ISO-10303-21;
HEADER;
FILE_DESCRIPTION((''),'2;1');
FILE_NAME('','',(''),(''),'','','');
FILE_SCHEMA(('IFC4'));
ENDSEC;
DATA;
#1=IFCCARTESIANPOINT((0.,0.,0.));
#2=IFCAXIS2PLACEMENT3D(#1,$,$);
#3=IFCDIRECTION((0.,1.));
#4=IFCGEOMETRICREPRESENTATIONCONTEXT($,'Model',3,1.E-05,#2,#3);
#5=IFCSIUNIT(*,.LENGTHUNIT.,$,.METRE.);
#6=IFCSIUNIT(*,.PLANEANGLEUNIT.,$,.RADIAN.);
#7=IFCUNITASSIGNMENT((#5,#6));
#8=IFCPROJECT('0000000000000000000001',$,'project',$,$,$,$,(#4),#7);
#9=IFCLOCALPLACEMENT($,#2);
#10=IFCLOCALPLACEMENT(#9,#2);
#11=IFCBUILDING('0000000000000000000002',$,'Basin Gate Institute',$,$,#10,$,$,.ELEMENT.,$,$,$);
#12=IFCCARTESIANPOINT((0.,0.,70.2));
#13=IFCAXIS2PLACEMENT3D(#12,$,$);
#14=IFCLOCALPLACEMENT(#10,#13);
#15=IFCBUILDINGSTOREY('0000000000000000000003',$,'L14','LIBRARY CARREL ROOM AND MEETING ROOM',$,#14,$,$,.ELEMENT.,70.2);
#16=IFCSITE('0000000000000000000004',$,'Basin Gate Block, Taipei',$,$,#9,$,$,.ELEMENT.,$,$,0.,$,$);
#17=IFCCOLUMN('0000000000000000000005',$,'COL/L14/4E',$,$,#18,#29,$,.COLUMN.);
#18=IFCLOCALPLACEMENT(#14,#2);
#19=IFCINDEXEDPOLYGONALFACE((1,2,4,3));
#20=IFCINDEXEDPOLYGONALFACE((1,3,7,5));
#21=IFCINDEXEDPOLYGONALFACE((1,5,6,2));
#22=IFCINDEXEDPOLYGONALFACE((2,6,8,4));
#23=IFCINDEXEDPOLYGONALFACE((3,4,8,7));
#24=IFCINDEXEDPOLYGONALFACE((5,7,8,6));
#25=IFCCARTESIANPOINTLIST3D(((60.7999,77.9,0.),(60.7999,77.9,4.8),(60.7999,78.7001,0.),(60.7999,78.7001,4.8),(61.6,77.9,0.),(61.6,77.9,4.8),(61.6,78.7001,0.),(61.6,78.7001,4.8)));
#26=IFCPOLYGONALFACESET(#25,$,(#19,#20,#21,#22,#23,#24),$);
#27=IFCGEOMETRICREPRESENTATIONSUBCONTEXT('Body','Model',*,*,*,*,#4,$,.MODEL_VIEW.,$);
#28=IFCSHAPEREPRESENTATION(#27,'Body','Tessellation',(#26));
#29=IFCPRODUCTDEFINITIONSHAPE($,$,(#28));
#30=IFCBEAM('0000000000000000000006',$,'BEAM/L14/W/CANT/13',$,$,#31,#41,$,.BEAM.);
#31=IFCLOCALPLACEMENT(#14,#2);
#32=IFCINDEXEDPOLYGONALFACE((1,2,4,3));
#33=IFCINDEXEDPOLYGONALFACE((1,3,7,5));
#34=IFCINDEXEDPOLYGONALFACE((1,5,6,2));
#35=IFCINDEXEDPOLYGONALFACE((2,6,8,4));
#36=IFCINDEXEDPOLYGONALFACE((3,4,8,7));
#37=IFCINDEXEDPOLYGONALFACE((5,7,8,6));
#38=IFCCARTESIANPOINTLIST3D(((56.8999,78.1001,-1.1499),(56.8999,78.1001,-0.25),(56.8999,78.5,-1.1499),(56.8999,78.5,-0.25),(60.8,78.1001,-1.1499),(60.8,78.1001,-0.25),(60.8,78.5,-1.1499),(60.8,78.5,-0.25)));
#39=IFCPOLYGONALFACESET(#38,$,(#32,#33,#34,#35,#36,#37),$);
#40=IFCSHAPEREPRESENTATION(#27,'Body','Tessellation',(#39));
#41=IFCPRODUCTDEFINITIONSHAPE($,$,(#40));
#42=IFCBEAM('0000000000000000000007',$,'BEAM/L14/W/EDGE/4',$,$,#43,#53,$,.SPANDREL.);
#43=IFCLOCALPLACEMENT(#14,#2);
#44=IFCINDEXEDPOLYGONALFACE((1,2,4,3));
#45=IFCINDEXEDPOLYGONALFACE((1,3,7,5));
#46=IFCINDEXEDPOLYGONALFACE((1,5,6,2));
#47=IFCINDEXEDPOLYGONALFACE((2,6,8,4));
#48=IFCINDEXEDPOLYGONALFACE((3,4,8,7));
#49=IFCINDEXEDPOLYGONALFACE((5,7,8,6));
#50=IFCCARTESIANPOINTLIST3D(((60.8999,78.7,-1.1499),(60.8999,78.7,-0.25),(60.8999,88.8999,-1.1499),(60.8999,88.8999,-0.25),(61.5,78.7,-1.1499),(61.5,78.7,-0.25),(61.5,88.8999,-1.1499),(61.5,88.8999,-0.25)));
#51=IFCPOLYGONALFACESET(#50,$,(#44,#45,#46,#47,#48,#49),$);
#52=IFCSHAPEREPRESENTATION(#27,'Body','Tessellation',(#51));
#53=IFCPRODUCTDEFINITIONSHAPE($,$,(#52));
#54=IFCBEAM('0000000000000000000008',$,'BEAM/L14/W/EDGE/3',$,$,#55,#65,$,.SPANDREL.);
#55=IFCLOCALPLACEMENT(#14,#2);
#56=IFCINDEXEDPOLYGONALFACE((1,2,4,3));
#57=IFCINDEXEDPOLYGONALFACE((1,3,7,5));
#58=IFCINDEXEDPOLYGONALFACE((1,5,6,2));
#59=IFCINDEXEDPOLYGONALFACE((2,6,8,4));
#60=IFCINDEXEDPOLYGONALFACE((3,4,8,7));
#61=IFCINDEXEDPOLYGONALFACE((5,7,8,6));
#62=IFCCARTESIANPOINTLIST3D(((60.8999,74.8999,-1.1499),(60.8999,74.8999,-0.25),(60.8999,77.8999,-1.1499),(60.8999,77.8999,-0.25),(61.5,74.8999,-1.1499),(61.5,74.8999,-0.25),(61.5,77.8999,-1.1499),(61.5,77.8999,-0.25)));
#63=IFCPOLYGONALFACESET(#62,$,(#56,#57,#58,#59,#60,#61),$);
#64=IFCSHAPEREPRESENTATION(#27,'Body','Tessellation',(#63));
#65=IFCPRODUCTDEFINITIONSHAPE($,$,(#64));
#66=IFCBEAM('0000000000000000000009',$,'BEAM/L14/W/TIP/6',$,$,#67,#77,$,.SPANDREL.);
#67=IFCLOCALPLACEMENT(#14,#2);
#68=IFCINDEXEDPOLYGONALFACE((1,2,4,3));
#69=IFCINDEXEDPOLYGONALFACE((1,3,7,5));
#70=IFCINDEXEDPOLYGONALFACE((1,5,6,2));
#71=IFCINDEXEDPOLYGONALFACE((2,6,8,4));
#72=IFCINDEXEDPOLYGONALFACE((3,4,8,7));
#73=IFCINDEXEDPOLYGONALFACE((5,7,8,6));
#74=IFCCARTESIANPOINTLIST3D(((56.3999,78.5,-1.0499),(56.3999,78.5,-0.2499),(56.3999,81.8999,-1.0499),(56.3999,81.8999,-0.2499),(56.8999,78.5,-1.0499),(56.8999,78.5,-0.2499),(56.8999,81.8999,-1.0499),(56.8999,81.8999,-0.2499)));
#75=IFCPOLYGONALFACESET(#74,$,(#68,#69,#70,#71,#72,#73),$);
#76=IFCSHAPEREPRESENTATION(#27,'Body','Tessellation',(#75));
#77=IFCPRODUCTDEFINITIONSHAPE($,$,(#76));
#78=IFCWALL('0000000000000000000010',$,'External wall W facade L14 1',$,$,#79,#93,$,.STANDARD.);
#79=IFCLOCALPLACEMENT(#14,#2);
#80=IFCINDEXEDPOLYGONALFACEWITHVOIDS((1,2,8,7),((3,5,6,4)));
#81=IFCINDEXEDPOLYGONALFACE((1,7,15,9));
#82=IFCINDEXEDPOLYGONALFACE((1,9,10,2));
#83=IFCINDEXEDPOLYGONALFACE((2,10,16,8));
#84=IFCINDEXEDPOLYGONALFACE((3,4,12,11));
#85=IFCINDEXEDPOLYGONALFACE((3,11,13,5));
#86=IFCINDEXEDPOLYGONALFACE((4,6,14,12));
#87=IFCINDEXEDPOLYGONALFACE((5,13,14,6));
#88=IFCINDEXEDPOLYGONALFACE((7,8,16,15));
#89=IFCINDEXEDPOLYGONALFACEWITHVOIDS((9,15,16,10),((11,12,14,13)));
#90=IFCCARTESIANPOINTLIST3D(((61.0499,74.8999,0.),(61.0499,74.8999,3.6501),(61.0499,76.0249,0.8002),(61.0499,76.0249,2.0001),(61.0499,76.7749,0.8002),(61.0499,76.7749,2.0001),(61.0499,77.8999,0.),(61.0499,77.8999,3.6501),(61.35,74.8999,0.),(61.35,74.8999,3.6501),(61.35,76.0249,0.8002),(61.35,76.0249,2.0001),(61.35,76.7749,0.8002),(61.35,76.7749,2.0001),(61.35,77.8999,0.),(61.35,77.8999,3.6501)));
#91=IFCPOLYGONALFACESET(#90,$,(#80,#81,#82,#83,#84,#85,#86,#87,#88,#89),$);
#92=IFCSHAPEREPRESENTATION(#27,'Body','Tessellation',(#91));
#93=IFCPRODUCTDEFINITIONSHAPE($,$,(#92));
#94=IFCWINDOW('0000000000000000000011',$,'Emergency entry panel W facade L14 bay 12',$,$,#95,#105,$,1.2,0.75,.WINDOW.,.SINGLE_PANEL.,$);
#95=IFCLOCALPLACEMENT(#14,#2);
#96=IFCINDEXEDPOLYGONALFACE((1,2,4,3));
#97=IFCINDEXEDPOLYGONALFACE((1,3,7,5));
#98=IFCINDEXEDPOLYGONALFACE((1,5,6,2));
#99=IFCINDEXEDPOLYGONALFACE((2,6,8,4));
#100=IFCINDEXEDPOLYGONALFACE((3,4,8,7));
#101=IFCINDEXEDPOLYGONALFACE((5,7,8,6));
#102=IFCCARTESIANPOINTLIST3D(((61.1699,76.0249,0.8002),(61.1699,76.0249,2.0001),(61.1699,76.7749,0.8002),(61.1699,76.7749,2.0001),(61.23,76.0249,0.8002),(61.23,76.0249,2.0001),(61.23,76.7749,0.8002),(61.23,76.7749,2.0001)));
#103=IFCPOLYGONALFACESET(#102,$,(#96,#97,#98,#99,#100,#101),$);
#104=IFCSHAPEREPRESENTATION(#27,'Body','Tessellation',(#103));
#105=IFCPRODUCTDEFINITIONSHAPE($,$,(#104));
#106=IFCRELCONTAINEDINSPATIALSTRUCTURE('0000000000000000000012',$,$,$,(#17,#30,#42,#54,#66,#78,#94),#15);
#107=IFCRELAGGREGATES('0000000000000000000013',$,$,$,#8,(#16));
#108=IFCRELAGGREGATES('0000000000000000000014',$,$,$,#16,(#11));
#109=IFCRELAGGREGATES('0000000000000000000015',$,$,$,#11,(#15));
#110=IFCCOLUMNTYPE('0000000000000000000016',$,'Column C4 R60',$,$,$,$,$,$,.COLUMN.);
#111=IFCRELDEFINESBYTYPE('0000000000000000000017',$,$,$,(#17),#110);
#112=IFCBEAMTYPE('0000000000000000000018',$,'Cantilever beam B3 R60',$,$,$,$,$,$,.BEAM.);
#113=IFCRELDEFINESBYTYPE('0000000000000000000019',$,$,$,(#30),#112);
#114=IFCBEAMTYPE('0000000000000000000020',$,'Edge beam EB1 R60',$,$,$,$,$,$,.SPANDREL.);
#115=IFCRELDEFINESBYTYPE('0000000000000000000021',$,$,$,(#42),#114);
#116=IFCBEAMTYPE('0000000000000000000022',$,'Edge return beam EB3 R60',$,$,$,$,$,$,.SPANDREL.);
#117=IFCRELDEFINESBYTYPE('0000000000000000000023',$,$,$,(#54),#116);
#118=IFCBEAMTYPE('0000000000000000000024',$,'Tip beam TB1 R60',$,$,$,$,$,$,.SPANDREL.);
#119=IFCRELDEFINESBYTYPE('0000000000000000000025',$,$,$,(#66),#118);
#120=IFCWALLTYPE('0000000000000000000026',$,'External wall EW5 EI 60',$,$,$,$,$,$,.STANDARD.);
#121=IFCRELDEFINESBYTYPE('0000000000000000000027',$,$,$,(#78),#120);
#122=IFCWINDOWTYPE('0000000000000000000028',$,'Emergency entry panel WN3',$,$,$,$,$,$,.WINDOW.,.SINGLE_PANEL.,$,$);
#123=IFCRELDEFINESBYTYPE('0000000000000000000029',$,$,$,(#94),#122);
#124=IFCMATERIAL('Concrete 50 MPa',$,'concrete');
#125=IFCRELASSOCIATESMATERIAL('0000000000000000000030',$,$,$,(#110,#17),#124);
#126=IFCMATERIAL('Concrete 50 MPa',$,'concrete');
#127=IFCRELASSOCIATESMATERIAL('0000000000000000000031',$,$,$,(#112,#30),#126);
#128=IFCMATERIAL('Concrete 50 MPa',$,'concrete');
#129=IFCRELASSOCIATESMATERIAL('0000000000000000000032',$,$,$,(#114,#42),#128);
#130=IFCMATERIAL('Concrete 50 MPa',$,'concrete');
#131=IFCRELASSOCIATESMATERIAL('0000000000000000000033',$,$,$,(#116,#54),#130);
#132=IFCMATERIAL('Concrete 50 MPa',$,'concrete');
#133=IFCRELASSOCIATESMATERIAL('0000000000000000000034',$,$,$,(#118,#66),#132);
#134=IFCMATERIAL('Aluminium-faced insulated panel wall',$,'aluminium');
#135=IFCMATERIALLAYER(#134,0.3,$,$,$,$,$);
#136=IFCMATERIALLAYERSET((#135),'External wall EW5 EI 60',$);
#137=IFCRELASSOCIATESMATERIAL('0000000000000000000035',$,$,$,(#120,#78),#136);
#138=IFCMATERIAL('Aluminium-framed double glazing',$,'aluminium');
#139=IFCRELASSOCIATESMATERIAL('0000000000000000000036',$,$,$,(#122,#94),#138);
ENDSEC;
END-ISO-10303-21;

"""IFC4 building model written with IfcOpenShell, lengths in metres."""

from ifc_helpers import new_model, si_unit, direction, frame, frame_2d, origin, origin_2d, place, context, subcontext, project, spatial, rectangle, extrude, material, layer, layer_set, material_profile, profile_set, type_object, element, fill, save


model = new_model("IFC4")

# Units and contexts
model_context = context("Model", 3, precision=1e-05, world=origin(), true_north=direction((0.0, 1.0)))
body_context = subcontext(model_context, "Body", "Model", "MODEL_VIEW")
ifc_project = project(units=[si_unit("LENGTHUNIT", "METRE"), si_unit("PLANEANGLEUNIT", "RADIAN")], contexts=[model_context])

# Site, building, storey
site_placement = place(None, origin())
site = spatial("IfcSite", under=ifc_project, at=site_placement, Name="Basin Gate Block, Taipei", CompositionType="ELEMENT", RefElevation=0.0)
building_placement = place(site_placement, origin())
building = spatial("IfcBuilding", under=site, at=building_placement, Name="Basin Gate Institute", CompositionType="ELEMENT")
storey_placement = place(building_placement, frame((0.0, 0.0, 70.2)))
storey = spatial("IfcBuildingStorey", under=building, at=storey_placement, Name="L14", Description="LIBRARY CARREL ROOM AND MEETING ROOM", CompositionType="ELEMENT", Elevation=70.2)

# Column
ifc_material_1 = material(Name="Concrete 50 MPa", Category="concrete")
ifc_material_profile_1 = material_profile(ifc_material_1, rectangle(XDim=0.8, YDim=0.8, at=origin_2d()), Name="Column C4 800 x 800")
ifc_profile_set_1 = profile_set([ifc_material_profile_1], Name="Concrete 50 MPa")
column_type = type_object("IfcColumnType", Name="Column C4 R60", PredefinedType="COLUMN", material=ifc_profile_set_1)
column_placement = place(storey_placement, frame((61.2, 78.3, 0.0), z_axis=(0.0, 0.0, 1.0), x_axis=(1.0, 0.0, 0.0)))
element("IfcColumn", 1, at=column_placement, inside=storey, type_object=column_type, material=ifc_profile_set_1, Name="COL/L14/4E", PredefinedType="COLUMN", context=body_context, shape_type="SweptSolid", body=[
    extrude(rectangle(XDim=0.8, YDim=0.8, at=origin_2d()), origin(), (0.0, 0.0, 1.0), 4.8),
])

# Beams
ifc_material_2 = material(Name="Concrete 50 MPa", Category="concrete")
ifc_material_profile_2 = material_profile(ifc_material_2, rectangle(XDim=0.3999, YDim=0.8999, at=origin_2d()), Name="Cantilever beam B3 400 x 900")
ifc_profile_set_2 = profile_set([ifc_material_profile_2], Name="Concrete 50 MPa")
beam_type_1 = type_object("IfcBeamType", Name="Cantilever beam B3 R60", PredefinedType="BEAM", material=ifc_profile_set_2)
beam_1_placement = place(storey_placement, frame((56.8999, 78.3, -0.7), z_axis=(1.0, 0.0, 0.0), x_axis=(0.0, 1.0, 0.0)))
element("IfcBeam", 2, at=beam_1_placement, inside=storey, type_object=beam_type_1, material=ifc_profile_set_2, Name="BEAM/L14/W/CANT/13", PredefinedType="BEAM", context=body_context, shape_type="SweptSolid", body=[
    extrude(rectangle(XDim=0.3999, YDim=0.8999, at=origin_2d()), origin(), (0.0, 0.0, 1.0), 3.9001),
])
ifc_material_3 = material(Name="Concrete 50 MPa", Category="concrete")
ifc_material_profile_3 = material_profile(ifc_material_3, rectangle(XDim=0.6001, YDim=0.8999, at=origin_2d()), Name="Edge beam EB1 600 x 900")
ifc_profile_set_3 = profile_set([ifc_material_profile_3], Name="Concrete 50 MPa")
beam_type_2 = type_object("IfcBeamType", Name="Edge beam EB1 R60", PredefinedType="SPANDREL", material=ifc_profile_set_3)
beam_2_placement = place(storey_placement, frame((61.2, 78.7, -0.7), z_axis=(0.0, 1.0, 0.0), x_axis=(-1.0, 0.0, 0.0)))
element("IfcBeam", 3, at=beam_2_placement, inside=storey, type_object=beam_type_2, material=ifc_profile_set_3, Name="BEAM/L14/W/EDGE/4", PredefinedType="SPANDREL", context=body_context, shape_type="SweptSolid", body=[
    extrude(rectangle(XDim=0.6001, YDim=0.8999, at=origin_2d()), origin(), (0.0, 0.0, 1.0), 10.2),
])
ifc_material_4 = material(Name="Concrete 50 MPa", Category="concrete")
ifc_material_profile_4 = material_profile(ifc_material_4, rectangle(XDim=0.6001, YDim=0.8999, at=origin_2d()), Name="Edge return beam EB3 600 x 900")
ifc_profile_set_4 = profile_set([ifc_material_profile_4], Name="Concrete 50 MPa")
beam_type_3 = type_object("IfcBeamType", Name="Edge return beam EB3 R60", PredefinedType="SPANDREL", material=ifc_profile_set_4)
beam_3_placement = place(storey_placement, frame((61.2, 74.8999, -0.7), z_axis=(0.0, 1.0, 0.0), x_axis=(-1.0, 0.0, 0.0)))
element("IfcBeam", 4, at=beam_3_placement, inside=storey, type_object=beam_type_3, material=ifc_profile_set_4, Name="BEAM/L14/W/EDGE/3", PredefinedType="SPANDREL", context=body_context, shape_type="SweptSolid", body=[
    extrude(rectangle(XDim=0.6001, YDim=0.8999, at=origin_2d()), origin(), (0.0, 0.0, 1.0), 3.0),
])
ifc_material_5 = material(Name="Concrete 50 MPa", Category="concrete")
ifc_material_profile_5 = material_profile(ifc_material_5, rectangle(XDim=0.5, YDim=0.8, at=origin_2d()), Name="Tip beam TB1 500 x 800")
ifc_profile_set_5 = profile_set([ifc_material_profile_5], Name="Concrete 50 MPa")
beam_type_4 = type_object("IfcBeamType", Name="Tip beam TB1 R60", PredefinedType="SPANDREL", material=ifc_profile_set_5)
beam_4_placement = place(storey_placement, frame((56.6499, 78.5, -0.6499), z_axis=(0.0, 1.0, 0.0), x_axis=(-1.0, 0.0, 0.0)))
element("IfcBeam", 5, at=beam_4_placement, inside=storey, type_object=beam_type_4, material=ifc_profile_set_5, Name="BEAM/L14/W/TIP/6", PredefinedType="SPANDREL", context=body_context, shape_type="SweptSolid", body=[
    extrude(rectangle(XDim=0.5, YDim=0.8, at=origin_2d()), origin(), (0.0, 0.0, 1.0), 3.3999),
])

# Wall, opening, window
ifc_material_6 = material(Name="Aluminium-faced insulated panel wall", Category="aluminium")
ifc_layer_1 = layer(ifc_material_6, 0.3)
ifc_layer_set_1 = layer_set([ifc_layer_1], Name="External wall EW5 EI 60")
wall_type_1 = type_object("IfcWallType", Name="External wall EW5 EI 60", PredefinedType="STANDARD", material=ifc_layer_set_1)
wall_1_placement = place(storey_placement, frame((61.2, 74.8999, 0.0), z_axis=(0.0, 0.0, 1.0), x_axis=(0.0, 1.0, 0.0)))
wall_1 = element("IfcWall", 6, at=wall_1_placement, inside=storey, type_object=wall_type_1, material=ifc_layer_set_1, Name="External wall W facade L14 1", PredefinedType="STANDARD", context=body_context, shape_type="SweptSolid", body=[
    extrude(rectangle(XDim=3.0, YDim=0.3, at=frame_2d((1.5, 0.0))), origin(), (0.0, 0.0, 1.0), 3.6501),
])
opening_1_placement = place(wall_1_placement, frame((1.125, 0.0, 0.8)))
opening_1 = element("IfcOpeningElement", 7, at=opening_1_placement, cuts=wall_1, PredefinedType="OPENING", context=body_context, shape_type="SweptSolid", body=[
    extrude(rectangle(XDim=0.75, YDim=1.2, at=frame_2d((0.375, 0.6001))), frame((0.0, 0.1602, 0.0), z_axis=(0.0, -1.0, 0.0), x_axis=(1.0, 0.0, 0.0)), (0.0, 0.0, 1.0), 0.3201),
])
ifc_material_7 = material(Name="Aluminium-framed double glazing", Category="aluminium")
window_type_1 = type_object("IfcWindowType", Name="Emergency entry panel WN3", PartitioningType="SINGLE_PANEL", PredefinedType="WINDOW", material=ifc_material_7)
window_1_placement = place(opening_1_placement, origin())
window_1 = element("IfcWindow", 8, at=window_1_placement, inside=storey, type_object=window_type_1, material=ifc_material_7, Name="Emergency entry panel W facade L14 bay 12", OverallHeight=1.2, OverallWidth=0.75, PartitioningType="SINGLE_PANEL", PredefinedType="WINDOW", context=body_context, shape_type="SweptSolid", body=[
    extrude(rectangle(XDim=0.75, YDim=1.2, at=frame_2d((0.375, 0.6001))), frame((0.0, 0.03, 0.0), z_axis=(0.0, -1.0, 0.0), x_axis=(1.0, 0.0, 0.0)), (0.0, 0.0, 1.0), 0.0601),
])
fill(opening_1, window_1)

save(model, "model.ifc")
